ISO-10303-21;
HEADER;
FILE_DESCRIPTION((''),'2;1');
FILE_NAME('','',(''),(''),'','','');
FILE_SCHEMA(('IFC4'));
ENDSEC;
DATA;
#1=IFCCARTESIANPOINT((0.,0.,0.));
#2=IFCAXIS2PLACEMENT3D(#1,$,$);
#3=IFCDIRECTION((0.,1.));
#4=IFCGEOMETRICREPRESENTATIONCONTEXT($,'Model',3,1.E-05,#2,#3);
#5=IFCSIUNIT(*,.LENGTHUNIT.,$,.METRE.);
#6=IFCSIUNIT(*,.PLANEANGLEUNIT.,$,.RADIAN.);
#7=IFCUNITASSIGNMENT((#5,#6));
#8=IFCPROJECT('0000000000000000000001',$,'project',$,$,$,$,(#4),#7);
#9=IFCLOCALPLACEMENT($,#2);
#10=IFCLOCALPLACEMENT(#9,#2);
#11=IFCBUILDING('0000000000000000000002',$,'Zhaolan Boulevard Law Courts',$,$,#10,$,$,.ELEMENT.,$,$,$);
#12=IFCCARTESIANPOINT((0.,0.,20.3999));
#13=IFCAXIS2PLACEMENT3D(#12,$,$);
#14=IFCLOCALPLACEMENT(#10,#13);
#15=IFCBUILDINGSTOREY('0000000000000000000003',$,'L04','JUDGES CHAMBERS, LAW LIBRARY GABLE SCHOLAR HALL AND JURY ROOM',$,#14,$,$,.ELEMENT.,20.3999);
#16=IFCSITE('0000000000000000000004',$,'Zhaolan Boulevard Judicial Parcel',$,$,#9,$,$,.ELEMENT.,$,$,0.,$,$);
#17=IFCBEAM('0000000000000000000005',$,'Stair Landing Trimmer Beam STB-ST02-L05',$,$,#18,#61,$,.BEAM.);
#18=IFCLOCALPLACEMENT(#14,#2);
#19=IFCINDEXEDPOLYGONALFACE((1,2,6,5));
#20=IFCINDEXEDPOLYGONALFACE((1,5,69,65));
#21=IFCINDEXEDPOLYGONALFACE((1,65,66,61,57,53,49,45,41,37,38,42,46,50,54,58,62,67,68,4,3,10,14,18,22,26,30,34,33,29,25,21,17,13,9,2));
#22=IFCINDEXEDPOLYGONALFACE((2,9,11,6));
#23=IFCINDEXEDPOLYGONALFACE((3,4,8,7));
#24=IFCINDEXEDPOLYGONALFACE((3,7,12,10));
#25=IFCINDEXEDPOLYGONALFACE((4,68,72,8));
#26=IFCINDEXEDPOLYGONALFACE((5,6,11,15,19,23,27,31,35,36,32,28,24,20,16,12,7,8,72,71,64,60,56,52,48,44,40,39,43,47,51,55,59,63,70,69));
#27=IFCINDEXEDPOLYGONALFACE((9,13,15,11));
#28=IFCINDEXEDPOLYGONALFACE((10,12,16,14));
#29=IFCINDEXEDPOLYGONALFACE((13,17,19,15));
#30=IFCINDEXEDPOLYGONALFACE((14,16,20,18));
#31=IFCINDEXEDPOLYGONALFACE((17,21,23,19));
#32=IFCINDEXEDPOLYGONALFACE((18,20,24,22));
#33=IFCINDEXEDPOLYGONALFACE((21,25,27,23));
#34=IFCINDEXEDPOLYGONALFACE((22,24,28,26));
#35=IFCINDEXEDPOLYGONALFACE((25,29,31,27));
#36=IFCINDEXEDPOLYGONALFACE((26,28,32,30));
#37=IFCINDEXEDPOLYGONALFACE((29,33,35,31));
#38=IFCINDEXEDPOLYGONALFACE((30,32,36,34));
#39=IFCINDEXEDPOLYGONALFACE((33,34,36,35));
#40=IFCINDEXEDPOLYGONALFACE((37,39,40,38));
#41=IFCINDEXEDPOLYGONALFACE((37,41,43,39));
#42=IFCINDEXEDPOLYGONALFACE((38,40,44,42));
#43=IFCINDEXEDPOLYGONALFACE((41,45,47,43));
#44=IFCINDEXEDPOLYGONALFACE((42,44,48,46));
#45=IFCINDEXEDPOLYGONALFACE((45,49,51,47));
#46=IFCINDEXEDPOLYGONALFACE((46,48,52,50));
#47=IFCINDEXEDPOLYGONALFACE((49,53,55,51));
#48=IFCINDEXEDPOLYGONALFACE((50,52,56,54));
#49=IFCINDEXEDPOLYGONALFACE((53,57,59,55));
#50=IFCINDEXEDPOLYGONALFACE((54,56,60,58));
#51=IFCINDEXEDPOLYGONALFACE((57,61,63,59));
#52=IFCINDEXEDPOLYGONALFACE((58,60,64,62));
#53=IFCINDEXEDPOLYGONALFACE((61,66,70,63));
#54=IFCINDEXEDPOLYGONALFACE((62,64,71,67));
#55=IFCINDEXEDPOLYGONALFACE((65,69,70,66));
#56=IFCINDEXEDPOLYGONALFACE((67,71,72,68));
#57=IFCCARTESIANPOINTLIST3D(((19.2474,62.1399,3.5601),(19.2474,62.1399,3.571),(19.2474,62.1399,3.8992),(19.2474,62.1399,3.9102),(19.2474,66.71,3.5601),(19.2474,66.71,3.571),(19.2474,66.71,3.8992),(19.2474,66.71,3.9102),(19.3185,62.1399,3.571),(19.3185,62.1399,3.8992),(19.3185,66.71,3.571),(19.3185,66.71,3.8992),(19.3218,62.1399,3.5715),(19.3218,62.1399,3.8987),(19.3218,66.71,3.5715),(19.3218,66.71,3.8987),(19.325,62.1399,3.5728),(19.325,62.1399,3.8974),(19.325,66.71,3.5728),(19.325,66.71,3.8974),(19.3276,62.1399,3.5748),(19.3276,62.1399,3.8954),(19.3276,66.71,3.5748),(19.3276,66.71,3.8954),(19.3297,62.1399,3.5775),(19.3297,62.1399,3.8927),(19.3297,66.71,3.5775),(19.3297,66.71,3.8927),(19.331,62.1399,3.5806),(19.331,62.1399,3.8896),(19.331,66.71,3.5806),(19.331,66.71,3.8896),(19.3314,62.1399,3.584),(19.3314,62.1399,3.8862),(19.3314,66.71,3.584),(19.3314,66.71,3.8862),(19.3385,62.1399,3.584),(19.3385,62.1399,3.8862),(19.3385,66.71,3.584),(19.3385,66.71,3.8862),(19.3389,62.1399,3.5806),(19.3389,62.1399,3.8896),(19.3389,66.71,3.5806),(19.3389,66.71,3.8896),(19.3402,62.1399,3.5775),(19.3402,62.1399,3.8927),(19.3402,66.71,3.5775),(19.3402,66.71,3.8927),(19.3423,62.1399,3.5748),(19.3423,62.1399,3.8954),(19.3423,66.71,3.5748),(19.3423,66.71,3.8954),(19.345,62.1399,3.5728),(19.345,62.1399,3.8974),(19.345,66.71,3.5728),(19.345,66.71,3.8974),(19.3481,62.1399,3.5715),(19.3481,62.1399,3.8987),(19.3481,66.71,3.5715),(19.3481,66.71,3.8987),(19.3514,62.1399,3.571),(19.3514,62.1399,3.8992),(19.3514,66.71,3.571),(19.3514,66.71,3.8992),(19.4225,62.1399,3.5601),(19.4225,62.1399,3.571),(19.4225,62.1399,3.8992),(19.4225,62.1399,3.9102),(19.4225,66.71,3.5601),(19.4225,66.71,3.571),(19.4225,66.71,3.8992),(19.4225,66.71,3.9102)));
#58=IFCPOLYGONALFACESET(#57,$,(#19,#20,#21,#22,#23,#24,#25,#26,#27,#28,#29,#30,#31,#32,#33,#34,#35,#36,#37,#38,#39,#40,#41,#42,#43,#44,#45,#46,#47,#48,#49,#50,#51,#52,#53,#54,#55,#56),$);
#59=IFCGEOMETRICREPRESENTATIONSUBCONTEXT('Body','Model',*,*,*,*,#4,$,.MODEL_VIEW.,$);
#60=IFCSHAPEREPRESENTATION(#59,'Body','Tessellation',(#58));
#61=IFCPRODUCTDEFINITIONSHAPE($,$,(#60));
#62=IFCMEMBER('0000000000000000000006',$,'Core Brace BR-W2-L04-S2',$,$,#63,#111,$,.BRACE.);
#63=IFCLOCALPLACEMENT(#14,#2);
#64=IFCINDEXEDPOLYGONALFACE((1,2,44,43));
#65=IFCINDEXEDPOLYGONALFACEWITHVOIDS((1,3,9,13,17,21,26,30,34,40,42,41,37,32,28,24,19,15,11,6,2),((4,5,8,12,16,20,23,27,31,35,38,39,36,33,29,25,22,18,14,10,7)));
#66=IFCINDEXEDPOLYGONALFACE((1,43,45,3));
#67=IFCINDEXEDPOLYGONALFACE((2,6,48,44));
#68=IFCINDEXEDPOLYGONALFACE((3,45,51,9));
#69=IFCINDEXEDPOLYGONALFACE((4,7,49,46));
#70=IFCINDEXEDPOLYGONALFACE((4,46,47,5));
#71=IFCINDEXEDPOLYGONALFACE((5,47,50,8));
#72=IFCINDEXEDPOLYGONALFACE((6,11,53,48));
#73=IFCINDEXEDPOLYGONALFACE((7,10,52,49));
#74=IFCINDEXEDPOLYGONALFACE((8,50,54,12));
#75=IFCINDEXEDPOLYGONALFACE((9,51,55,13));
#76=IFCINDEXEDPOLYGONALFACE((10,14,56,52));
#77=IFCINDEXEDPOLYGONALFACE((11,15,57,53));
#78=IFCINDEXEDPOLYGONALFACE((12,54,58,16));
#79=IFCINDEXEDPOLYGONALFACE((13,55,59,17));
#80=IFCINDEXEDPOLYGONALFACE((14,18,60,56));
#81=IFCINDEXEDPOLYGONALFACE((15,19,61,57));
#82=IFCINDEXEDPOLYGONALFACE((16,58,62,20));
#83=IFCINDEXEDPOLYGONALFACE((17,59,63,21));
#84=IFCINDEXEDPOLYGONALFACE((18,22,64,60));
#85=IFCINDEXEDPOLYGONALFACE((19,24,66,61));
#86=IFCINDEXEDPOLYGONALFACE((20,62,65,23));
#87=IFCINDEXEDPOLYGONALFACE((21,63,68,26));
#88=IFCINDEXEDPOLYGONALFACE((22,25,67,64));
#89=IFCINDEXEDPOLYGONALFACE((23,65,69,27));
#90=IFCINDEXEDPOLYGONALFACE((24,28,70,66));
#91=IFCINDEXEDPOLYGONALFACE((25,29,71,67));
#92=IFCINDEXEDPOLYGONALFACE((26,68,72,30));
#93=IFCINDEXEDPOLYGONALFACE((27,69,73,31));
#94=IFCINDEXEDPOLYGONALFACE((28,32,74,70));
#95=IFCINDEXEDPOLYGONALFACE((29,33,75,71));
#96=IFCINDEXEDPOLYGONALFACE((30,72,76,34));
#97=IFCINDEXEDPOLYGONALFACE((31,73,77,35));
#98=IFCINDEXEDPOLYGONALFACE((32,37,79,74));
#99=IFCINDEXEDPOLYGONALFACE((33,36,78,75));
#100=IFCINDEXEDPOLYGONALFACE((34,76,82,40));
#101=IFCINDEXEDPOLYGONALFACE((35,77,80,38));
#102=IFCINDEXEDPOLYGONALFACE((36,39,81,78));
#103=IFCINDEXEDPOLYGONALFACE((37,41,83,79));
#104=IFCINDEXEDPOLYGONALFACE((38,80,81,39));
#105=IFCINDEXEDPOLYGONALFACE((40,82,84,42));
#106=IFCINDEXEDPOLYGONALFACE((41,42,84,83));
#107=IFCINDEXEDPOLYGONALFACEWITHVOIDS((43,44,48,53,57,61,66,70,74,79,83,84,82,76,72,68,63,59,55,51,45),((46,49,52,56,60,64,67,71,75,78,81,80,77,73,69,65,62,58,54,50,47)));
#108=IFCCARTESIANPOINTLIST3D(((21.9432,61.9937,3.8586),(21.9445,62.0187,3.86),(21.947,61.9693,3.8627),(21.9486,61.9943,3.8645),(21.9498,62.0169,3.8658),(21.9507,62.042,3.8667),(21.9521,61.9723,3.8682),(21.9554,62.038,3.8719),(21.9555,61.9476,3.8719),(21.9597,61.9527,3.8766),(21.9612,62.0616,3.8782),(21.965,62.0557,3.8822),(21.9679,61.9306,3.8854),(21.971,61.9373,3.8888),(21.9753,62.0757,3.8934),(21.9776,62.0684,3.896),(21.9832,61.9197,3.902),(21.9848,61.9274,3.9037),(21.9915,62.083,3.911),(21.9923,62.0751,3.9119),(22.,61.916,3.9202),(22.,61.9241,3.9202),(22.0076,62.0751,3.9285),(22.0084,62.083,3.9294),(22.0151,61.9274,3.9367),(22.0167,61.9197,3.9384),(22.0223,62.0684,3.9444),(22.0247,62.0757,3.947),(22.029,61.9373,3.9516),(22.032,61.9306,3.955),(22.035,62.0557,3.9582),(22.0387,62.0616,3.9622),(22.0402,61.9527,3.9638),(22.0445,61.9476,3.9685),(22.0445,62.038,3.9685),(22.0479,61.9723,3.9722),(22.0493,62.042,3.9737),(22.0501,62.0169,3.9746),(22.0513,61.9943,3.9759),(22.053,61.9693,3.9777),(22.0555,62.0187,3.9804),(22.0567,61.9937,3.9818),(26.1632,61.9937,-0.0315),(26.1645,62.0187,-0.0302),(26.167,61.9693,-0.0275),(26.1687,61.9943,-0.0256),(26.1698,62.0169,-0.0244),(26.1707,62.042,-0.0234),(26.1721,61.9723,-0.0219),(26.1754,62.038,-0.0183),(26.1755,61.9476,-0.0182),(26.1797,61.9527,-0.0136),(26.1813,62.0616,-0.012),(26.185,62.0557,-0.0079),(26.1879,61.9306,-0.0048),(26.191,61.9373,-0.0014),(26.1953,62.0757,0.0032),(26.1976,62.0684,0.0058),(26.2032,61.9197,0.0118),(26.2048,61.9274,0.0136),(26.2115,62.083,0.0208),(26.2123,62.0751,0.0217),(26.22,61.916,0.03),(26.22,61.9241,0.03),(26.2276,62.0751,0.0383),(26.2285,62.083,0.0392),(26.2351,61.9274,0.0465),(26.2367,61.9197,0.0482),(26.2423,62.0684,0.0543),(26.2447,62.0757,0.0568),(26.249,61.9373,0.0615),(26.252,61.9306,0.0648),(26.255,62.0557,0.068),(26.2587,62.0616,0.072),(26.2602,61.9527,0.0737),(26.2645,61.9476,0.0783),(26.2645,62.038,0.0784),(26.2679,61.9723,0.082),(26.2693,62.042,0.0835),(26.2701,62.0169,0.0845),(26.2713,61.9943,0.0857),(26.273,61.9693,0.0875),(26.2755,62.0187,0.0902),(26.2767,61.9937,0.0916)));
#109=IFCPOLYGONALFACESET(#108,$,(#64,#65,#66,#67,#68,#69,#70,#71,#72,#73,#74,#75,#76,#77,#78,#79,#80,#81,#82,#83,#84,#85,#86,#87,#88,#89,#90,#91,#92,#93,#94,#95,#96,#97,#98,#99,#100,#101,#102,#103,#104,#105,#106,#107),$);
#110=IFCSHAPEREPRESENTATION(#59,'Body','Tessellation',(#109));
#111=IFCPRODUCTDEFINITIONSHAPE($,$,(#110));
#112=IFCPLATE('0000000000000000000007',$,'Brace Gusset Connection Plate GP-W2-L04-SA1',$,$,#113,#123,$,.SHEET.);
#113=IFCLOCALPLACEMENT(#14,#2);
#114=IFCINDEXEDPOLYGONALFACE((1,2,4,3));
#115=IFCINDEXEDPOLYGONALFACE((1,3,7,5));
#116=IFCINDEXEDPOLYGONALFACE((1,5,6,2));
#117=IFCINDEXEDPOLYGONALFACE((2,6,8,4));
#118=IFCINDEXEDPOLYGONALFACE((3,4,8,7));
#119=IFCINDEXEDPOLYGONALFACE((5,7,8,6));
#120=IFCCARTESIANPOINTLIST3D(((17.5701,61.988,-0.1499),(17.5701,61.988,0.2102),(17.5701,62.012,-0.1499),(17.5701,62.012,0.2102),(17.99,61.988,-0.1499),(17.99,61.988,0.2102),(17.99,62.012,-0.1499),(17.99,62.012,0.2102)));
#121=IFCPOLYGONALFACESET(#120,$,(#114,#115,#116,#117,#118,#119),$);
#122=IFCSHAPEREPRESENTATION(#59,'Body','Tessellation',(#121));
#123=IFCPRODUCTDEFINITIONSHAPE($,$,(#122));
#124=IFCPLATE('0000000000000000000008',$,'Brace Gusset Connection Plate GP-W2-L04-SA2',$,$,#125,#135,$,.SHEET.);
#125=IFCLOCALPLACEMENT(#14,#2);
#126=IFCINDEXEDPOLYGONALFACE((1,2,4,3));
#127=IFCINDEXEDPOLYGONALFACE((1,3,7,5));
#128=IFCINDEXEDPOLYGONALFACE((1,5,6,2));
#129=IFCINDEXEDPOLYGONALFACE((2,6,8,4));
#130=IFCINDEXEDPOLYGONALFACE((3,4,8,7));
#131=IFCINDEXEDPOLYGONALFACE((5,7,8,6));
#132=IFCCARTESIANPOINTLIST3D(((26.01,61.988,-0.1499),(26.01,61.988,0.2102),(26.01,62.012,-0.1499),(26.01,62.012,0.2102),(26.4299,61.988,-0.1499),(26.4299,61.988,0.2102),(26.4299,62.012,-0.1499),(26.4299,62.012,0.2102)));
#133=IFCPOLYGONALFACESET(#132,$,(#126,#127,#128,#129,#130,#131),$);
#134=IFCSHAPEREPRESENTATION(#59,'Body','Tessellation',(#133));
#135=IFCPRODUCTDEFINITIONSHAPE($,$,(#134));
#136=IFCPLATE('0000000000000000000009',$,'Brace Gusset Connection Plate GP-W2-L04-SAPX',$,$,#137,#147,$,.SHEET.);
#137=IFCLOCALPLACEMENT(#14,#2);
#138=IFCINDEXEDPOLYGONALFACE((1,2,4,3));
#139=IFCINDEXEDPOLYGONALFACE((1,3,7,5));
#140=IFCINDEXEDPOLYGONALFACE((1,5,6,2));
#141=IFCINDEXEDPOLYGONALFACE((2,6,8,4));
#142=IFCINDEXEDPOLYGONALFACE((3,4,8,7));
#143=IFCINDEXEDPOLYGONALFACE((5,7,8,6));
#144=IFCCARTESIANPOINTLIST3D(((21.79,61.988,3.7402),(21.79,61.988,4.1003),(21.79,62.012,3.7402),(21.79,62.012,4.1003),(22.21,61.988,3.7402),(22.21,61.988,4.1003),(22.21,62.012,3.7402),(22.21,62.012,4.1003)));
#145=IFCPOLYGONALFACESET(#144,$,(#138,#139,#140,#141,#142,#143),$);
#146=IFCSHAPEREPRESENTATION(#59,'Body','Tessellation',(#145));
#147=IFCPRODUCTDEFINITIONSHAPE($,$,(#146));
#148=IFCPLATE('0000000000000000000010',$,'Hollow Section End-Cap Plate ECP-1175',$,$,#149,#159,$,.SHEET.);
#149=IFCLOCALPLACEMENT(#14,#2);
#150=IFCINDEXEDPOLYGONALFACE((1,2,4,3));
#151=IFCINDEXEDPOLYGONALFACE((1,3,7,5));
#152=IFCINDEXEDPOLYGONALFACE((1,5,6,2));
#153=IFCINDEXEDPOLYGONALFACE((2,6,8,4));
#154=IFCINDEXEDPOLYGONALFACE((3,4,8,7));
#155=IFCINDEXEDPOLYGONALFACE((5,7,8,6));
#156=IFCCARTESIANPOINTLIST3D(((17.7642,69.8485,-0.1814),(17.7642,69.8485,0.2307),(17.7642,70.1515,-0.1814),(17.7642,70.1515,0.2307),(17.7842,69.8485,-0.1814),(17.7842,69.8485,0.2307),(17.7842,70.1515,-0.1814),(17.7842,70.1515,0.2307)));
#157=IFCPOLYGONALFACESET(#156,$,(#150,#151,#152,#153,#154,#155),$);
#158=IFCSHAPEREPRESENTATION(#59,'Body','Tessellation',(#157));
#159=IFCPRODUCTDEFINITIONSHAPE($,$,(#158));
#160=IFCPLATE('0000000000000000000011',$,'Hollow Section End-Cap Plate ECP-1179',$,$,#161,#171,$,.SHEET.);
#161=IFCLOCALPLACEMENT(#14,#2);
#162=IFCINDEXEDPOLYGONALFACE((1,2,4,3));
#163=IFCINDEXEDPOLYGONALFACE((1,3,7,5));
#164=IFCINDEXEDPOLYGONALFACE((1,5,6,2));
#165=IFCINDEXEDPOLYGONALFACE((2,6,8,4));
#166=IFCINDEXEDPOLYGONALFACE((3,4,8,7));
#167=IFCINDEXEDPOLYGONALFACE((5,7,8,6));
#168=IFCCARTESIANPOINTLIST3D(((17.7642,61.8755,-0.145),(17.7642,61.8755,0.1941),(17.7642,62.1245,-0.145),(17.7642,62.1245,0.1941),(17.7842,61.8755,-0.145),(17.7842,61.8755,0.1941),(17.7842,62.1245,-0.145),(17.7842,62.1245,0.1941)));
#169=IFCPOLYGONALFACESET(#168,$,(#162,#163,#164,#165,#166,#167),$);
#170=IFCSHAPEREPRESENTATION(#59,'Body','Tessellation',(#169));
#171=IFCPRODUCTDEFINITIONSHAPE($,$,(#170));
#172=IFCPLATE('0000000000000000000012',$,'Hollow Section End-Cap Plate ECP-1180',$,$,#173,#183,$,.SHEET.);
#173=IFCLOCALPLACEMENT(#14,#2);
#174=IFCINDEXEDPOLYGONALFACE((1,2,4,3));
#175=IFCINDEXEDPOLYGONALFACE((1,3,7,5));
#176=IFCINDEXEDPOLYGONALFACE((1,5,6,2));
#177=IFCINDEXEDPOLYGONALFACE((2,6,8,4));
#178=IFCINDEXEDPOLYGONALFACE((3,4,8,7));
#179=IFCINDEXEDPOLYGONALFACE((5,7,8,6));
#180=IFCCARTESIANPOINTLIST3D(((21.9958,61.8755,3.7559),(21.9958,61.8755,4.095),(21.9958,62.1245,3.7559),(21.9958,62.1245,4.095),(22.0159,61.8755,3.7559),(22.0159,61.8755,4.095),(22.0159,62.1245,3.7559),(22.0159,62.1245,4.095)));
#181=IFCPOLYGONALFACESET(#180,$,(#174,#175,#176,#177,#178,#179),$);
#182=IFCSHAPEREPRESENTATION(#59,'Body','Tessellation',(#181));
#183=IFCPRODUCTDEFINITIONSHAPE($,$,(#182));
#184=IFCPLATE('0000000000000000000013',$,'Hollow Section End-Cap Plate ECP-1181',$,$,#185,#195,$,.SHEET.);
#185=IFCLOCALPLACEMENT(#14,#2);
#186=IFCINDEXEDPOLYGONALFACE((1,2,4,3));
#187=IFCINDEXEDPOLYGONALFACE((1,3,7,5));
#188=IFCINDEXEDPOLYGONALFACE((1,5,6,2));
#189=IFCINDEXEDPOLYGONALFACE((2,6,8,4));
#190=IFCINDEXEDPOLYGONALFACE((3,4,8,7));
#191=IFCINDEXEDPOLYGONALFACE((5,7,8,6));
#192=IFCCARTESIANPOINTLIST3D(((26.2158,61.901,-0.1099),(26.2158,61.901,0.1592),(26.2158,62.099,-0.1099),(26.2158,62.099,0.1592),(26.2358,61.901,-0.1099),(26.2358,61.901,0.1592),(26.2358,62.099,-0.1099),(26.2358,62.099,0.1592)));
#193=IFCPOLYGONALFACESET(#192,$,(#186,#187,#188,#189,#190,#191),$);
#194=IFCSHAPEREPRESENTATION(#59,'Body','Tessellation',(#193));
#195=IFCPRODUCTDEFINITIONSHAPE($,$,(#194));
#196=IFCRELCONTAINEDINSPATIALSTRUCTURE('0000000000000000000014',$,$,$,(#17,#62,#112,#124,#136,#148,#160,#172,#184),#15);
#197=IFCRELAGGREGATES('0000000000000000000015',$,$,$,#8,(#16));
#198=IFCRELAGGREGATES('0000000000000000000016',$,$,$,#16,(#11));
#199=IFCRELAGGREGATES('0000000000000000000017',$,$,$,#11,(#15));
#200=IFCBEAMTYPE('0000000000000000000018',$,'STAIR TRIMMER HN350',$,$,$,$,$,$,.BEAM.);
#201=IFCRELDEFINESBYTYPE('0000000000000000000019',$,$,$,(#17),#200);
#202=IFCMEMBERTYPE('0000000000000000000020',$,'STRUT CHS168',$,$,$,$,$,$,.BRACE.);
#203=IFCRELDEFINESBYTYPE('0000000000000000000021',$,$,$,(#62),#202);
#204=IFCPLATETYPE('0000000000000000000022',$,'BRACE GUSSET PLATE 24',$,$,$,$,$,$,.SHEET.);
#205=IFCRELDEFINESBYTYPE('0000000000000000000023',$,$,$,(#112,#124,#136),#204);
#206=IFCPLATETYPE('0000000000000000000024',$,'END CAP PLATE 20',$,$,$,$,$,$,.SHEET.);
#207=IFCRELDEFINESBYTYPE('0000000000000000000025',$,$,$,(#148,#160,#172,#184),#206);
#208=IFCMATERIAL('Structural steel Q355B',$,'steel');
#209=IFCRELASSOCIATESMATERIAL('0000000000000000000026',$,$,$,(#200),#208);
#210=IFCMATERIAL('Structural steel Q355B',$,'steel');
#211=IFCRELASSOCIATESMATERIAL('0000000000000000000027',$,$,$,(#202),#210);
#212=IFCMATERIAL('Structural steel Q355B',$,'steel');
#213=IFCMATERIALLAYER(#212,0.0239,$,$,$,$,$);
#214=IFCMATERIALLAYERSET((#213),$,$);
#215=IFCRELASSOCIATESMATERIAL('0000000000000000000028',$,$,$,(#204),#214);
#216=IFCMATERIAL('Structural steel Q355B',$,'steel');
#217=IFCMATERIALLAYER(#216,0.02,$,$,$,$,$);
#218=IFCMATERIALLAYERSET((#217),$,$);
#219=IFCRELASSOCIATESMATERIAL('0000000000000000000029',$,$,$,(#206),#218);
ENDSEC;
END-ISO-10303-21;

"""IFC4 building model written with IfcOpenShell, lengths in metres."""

from ifc_helpers import new_model, si_unit, direction, frame, origin, origin_2d, place, context, subcontext, project, spatial, rectangle, hollow_circle, i_section, extrude, material, layer, layer_set, material_profile, profile_set, type_object, element, save


model = new_model("IFC4")

# Units and contexts
model_context = context("Model", 3, precision=1e-05, world=origin(), true_north=direction((0.0, 1.0)))
body_context = subcontext(model_context, "Body", "Model", "MODEL_VIEW")
ifc_project = project(units=[si_unit("LENGTHUNIT", "METRE"), si_unit("PLANEANGLEUNIT", "RADIAN")], contexts=[model_context])

# Site, building, storey
site_placement = place(None, origin())
site = spatial("IfcSite", under=ifc_project, at=site_placement, Name="Zhaolan Boulevard Judicial Parcel", CompositionType="ELEMENT", RefElevation=0.0)
building_placement = place(site_placement, origin())
building = spatial("IfcBuilding", under=site, at=building_placement, Name="Zhaolan Boulevard Law Courts", CompositionType="ELEMENT")
storey_placement = place(building_placement, frame((0.0, 0.0, 20.3999)))
storey = spatial("IfcBuildingStorey", under=building, at=storey_placement, Name="L04", Description="JUDGES CHAMBERS, LAW LIBRARY GABLE SCHOLAR HALL AND JURY ROOM", CompositionType="ELEMENT", Elevation=20.3999)

# Beam
ifc_material_1 = material(Name="Structural steel Q355B", Category="steel")
ifc_material_profile_1 = material_profile(ifc_material_1, i_section(OverallWidth=0.175, OverallDepth=0.3501, WebThickness=0.0071, FlangeThickness=0.011, FilletRadius=0.0129, at=origin_2d()), Name="HN350x175")
ifc_profile_set_1 = profile_set([ifc_material_profile_1], Name="Structural steel Q355B")
beam_type_1 = type_object("IfcBeamType", Name="STAIR TRIMMER HN350", PredefinedType="BEAM", material=ifc_profile_set_1)
beam_1_placement = place(storey_placement, frame((19.335, 62.1399, 3.7351), z_axis=(0.0, 1.0, 0.0), x_axis=(-1.0, 0.0, 0.0)))
element("IfcBeam", 1, at=beam_1_placement, inside=storey, type_object=beam_type_1, Name="Stair Landing Trimmer Beam STB-ST02-L05", PredefinedType="BEAM", context=body_context, shape_type="SweptSolid", body=[
    extrude(i_section(OverallWidth=0.175, OverallDepth=0.3501, WebThickness=0.0071, FlangeThickness=0.011, FilletRadius=0.0129, at=origin_2d()), origin(), (0.0, 0.0, 1.0), 4.5701),
])

# Member
ifc_material_2 = material(Name="Structural steel Q355B", Category="steel")
ifc_material_profile_2 = material_profile(ifc_material_2, hollow_circle(Radius=0.084, WallThickness=0.0081, at=origin_2d()), Name="CHS168x8")
ifc_profile_set_2 = profile_set([ifc_material_profile_2], Name="Structural steel Q355B")
member_type_1 = type_object("IfcMemberType", Name="STRUT CHS168", PredefinedType="BRACE", material=ifc_profile_set_2)
member_1_placement = place(storey_placement, frame((26.22, 62.0, 0.03), z_axis=(-0.735257, 0.0, 0.677789), x_axis=(0.0, -1.0, 0.0)))
element("IfcMember", 2, at=member_1_placement, inside=storey, type_object=member_type_1, Name="Core Brace BR-W2-L04-S2", PredefinedType="BRACE", context=body_context, shape_type="SweptSolid", body=[
    extrude(hollow_circle(Radius=0.084, WallThickness=0.0081, at=origin_2d()), origin(), (0.0, 0.0, 1.0), 5.7395),
])

# Plates
ifc_material_3 = material(Name="Structural steel Q355B", Category="steel")
ifc_layer_1 = layer(ifc_material_3, 0.0239)
ifc_layer_set_1 = layer_set([ifc_layer_1])
plate_type_1 = type_object("IfcPlateType", Name="BRACE GUSSET PLATE 24", PredefinedType="SHEET", material=ifc_layer_set_1)
for number, where, z_axis, x_axis, name in (
    (3, (17.78, 62.0, -0.1499), (0.0, 0.0, 1.0), (1.0, 0.0, 0.0), "Brace Gusset Connection Plate GP-W2-L04-SA1"),
    (4, (26.22, 62.0, -0.1499), (0.0, 0.0, 1.0), (1.0, 0.0, 0.0), "Brace Gusset Connection Plate GP-W2-L04-SA2"),
    (5, (22.0, 62.0, 3.7402), (0.0, 0.0, 1.0), (1.0, 0.0, 0.0), "Brace Gusset Connection Plate GP-W2-L04-SAPX"),
):
    element("IfcPlate", number, at=place(storey_placement, frame(where, z_axis=z_axis, x_axis=x_axis)), inside=storey, type_object=plate_type_1, Name=name, PredefinedType="SHEET", context=body_context, shape_type="SweptSolid", body=[
        extrude(rectangle(XDim=0.4199, YDim=0.0239, at=origin_2d()), origin(), (0.0, 0.0, 1.0), 0.3601),
    ])
ifc_material_4 = material(Name="Structural steel Q355B", Category="steel")
ifc_layer_2 = layer(ifc_material_4, 0.02)
ifc_layer_set_2 = layer_set([ifc_layer_2])
plate_type_2 = type_object("IfcPlateType", Name="END CAP PLATE 20", PredefinedType="SHEET", material=ifc_layer_set_2)
plate_placement = place(storey_placement, frame((17.7742, 70.0, -0.1814), z_axis=(0.0, 0.0, 1.0), x_axis=(1.0, 0.0, 0.0)))
element("IfcPlate", 6, at=plate_placement, inside=storey, type_object=plate_type_2, Name="Hollow Section End-Cap Plate ECP-1175", PredefinedType="SHEET", context=body_context, shape_type="SweptSolid", body=[
    extrude(rectangle(XDim=0.02, YDim=0.303, at=origin_2d()), origin(), (0.0, 0.0, 1.0), 0.4121),
])
for number, where, z_axis, x_axis, name in (
    (7, (17.7742, 62.0, -0.145), (0.0, 0.0, 1.0), (1.0, 0.0, 0.0), "Hollow Section End-Cap Plate ECP-1179"),
    (8, (22.0059, 62.0, 3.7559), (0.0, 0.0, 1.0), (1.0, 0.0, 0.0), "Hollow Section End-Cap Plate ECP-1180"),
):
    element("IfcPlate", number, at=place(storey_placement, frame(where, z_axis=z_axis, x_axis=x_axis)), inside=storey, type_object=plate_type_2, Name=name, PredefinedType="SHEET", context=body_context, shape_type="SweptSolid", body=[
        extrude(rectangle(XDim=0.02, YDim=0.249, at=origin_2d()), origin(), (0.0, 0.0, 1.0), 0.3391),
    ])
for number, where, z_axis, x_axis, name in (
    (9, (26.2258, 62.0, -0.1099), (0.0, 0.0, 1.0), (-1.0, 0.0, 0.0), "Hollow Section End-Cap Plate ECP-1181"),
):
    element("IfcPlate", number, at=place(storey_placement, frame(where, z_axis=z_axis, x_axis=x_axis)), inside=storey, type_object=plate_type_2, Name=name, PredefinedType="SHEET", context=body_context, shape_type="SweptSolid", body=[
        extrude(rectangle(XDim=0.02, YDim=0.198, at=origin_2d()), origin(), (0.0, 0.0, 1.0), 0.269),
    ])

save(model, "model.ifc")
